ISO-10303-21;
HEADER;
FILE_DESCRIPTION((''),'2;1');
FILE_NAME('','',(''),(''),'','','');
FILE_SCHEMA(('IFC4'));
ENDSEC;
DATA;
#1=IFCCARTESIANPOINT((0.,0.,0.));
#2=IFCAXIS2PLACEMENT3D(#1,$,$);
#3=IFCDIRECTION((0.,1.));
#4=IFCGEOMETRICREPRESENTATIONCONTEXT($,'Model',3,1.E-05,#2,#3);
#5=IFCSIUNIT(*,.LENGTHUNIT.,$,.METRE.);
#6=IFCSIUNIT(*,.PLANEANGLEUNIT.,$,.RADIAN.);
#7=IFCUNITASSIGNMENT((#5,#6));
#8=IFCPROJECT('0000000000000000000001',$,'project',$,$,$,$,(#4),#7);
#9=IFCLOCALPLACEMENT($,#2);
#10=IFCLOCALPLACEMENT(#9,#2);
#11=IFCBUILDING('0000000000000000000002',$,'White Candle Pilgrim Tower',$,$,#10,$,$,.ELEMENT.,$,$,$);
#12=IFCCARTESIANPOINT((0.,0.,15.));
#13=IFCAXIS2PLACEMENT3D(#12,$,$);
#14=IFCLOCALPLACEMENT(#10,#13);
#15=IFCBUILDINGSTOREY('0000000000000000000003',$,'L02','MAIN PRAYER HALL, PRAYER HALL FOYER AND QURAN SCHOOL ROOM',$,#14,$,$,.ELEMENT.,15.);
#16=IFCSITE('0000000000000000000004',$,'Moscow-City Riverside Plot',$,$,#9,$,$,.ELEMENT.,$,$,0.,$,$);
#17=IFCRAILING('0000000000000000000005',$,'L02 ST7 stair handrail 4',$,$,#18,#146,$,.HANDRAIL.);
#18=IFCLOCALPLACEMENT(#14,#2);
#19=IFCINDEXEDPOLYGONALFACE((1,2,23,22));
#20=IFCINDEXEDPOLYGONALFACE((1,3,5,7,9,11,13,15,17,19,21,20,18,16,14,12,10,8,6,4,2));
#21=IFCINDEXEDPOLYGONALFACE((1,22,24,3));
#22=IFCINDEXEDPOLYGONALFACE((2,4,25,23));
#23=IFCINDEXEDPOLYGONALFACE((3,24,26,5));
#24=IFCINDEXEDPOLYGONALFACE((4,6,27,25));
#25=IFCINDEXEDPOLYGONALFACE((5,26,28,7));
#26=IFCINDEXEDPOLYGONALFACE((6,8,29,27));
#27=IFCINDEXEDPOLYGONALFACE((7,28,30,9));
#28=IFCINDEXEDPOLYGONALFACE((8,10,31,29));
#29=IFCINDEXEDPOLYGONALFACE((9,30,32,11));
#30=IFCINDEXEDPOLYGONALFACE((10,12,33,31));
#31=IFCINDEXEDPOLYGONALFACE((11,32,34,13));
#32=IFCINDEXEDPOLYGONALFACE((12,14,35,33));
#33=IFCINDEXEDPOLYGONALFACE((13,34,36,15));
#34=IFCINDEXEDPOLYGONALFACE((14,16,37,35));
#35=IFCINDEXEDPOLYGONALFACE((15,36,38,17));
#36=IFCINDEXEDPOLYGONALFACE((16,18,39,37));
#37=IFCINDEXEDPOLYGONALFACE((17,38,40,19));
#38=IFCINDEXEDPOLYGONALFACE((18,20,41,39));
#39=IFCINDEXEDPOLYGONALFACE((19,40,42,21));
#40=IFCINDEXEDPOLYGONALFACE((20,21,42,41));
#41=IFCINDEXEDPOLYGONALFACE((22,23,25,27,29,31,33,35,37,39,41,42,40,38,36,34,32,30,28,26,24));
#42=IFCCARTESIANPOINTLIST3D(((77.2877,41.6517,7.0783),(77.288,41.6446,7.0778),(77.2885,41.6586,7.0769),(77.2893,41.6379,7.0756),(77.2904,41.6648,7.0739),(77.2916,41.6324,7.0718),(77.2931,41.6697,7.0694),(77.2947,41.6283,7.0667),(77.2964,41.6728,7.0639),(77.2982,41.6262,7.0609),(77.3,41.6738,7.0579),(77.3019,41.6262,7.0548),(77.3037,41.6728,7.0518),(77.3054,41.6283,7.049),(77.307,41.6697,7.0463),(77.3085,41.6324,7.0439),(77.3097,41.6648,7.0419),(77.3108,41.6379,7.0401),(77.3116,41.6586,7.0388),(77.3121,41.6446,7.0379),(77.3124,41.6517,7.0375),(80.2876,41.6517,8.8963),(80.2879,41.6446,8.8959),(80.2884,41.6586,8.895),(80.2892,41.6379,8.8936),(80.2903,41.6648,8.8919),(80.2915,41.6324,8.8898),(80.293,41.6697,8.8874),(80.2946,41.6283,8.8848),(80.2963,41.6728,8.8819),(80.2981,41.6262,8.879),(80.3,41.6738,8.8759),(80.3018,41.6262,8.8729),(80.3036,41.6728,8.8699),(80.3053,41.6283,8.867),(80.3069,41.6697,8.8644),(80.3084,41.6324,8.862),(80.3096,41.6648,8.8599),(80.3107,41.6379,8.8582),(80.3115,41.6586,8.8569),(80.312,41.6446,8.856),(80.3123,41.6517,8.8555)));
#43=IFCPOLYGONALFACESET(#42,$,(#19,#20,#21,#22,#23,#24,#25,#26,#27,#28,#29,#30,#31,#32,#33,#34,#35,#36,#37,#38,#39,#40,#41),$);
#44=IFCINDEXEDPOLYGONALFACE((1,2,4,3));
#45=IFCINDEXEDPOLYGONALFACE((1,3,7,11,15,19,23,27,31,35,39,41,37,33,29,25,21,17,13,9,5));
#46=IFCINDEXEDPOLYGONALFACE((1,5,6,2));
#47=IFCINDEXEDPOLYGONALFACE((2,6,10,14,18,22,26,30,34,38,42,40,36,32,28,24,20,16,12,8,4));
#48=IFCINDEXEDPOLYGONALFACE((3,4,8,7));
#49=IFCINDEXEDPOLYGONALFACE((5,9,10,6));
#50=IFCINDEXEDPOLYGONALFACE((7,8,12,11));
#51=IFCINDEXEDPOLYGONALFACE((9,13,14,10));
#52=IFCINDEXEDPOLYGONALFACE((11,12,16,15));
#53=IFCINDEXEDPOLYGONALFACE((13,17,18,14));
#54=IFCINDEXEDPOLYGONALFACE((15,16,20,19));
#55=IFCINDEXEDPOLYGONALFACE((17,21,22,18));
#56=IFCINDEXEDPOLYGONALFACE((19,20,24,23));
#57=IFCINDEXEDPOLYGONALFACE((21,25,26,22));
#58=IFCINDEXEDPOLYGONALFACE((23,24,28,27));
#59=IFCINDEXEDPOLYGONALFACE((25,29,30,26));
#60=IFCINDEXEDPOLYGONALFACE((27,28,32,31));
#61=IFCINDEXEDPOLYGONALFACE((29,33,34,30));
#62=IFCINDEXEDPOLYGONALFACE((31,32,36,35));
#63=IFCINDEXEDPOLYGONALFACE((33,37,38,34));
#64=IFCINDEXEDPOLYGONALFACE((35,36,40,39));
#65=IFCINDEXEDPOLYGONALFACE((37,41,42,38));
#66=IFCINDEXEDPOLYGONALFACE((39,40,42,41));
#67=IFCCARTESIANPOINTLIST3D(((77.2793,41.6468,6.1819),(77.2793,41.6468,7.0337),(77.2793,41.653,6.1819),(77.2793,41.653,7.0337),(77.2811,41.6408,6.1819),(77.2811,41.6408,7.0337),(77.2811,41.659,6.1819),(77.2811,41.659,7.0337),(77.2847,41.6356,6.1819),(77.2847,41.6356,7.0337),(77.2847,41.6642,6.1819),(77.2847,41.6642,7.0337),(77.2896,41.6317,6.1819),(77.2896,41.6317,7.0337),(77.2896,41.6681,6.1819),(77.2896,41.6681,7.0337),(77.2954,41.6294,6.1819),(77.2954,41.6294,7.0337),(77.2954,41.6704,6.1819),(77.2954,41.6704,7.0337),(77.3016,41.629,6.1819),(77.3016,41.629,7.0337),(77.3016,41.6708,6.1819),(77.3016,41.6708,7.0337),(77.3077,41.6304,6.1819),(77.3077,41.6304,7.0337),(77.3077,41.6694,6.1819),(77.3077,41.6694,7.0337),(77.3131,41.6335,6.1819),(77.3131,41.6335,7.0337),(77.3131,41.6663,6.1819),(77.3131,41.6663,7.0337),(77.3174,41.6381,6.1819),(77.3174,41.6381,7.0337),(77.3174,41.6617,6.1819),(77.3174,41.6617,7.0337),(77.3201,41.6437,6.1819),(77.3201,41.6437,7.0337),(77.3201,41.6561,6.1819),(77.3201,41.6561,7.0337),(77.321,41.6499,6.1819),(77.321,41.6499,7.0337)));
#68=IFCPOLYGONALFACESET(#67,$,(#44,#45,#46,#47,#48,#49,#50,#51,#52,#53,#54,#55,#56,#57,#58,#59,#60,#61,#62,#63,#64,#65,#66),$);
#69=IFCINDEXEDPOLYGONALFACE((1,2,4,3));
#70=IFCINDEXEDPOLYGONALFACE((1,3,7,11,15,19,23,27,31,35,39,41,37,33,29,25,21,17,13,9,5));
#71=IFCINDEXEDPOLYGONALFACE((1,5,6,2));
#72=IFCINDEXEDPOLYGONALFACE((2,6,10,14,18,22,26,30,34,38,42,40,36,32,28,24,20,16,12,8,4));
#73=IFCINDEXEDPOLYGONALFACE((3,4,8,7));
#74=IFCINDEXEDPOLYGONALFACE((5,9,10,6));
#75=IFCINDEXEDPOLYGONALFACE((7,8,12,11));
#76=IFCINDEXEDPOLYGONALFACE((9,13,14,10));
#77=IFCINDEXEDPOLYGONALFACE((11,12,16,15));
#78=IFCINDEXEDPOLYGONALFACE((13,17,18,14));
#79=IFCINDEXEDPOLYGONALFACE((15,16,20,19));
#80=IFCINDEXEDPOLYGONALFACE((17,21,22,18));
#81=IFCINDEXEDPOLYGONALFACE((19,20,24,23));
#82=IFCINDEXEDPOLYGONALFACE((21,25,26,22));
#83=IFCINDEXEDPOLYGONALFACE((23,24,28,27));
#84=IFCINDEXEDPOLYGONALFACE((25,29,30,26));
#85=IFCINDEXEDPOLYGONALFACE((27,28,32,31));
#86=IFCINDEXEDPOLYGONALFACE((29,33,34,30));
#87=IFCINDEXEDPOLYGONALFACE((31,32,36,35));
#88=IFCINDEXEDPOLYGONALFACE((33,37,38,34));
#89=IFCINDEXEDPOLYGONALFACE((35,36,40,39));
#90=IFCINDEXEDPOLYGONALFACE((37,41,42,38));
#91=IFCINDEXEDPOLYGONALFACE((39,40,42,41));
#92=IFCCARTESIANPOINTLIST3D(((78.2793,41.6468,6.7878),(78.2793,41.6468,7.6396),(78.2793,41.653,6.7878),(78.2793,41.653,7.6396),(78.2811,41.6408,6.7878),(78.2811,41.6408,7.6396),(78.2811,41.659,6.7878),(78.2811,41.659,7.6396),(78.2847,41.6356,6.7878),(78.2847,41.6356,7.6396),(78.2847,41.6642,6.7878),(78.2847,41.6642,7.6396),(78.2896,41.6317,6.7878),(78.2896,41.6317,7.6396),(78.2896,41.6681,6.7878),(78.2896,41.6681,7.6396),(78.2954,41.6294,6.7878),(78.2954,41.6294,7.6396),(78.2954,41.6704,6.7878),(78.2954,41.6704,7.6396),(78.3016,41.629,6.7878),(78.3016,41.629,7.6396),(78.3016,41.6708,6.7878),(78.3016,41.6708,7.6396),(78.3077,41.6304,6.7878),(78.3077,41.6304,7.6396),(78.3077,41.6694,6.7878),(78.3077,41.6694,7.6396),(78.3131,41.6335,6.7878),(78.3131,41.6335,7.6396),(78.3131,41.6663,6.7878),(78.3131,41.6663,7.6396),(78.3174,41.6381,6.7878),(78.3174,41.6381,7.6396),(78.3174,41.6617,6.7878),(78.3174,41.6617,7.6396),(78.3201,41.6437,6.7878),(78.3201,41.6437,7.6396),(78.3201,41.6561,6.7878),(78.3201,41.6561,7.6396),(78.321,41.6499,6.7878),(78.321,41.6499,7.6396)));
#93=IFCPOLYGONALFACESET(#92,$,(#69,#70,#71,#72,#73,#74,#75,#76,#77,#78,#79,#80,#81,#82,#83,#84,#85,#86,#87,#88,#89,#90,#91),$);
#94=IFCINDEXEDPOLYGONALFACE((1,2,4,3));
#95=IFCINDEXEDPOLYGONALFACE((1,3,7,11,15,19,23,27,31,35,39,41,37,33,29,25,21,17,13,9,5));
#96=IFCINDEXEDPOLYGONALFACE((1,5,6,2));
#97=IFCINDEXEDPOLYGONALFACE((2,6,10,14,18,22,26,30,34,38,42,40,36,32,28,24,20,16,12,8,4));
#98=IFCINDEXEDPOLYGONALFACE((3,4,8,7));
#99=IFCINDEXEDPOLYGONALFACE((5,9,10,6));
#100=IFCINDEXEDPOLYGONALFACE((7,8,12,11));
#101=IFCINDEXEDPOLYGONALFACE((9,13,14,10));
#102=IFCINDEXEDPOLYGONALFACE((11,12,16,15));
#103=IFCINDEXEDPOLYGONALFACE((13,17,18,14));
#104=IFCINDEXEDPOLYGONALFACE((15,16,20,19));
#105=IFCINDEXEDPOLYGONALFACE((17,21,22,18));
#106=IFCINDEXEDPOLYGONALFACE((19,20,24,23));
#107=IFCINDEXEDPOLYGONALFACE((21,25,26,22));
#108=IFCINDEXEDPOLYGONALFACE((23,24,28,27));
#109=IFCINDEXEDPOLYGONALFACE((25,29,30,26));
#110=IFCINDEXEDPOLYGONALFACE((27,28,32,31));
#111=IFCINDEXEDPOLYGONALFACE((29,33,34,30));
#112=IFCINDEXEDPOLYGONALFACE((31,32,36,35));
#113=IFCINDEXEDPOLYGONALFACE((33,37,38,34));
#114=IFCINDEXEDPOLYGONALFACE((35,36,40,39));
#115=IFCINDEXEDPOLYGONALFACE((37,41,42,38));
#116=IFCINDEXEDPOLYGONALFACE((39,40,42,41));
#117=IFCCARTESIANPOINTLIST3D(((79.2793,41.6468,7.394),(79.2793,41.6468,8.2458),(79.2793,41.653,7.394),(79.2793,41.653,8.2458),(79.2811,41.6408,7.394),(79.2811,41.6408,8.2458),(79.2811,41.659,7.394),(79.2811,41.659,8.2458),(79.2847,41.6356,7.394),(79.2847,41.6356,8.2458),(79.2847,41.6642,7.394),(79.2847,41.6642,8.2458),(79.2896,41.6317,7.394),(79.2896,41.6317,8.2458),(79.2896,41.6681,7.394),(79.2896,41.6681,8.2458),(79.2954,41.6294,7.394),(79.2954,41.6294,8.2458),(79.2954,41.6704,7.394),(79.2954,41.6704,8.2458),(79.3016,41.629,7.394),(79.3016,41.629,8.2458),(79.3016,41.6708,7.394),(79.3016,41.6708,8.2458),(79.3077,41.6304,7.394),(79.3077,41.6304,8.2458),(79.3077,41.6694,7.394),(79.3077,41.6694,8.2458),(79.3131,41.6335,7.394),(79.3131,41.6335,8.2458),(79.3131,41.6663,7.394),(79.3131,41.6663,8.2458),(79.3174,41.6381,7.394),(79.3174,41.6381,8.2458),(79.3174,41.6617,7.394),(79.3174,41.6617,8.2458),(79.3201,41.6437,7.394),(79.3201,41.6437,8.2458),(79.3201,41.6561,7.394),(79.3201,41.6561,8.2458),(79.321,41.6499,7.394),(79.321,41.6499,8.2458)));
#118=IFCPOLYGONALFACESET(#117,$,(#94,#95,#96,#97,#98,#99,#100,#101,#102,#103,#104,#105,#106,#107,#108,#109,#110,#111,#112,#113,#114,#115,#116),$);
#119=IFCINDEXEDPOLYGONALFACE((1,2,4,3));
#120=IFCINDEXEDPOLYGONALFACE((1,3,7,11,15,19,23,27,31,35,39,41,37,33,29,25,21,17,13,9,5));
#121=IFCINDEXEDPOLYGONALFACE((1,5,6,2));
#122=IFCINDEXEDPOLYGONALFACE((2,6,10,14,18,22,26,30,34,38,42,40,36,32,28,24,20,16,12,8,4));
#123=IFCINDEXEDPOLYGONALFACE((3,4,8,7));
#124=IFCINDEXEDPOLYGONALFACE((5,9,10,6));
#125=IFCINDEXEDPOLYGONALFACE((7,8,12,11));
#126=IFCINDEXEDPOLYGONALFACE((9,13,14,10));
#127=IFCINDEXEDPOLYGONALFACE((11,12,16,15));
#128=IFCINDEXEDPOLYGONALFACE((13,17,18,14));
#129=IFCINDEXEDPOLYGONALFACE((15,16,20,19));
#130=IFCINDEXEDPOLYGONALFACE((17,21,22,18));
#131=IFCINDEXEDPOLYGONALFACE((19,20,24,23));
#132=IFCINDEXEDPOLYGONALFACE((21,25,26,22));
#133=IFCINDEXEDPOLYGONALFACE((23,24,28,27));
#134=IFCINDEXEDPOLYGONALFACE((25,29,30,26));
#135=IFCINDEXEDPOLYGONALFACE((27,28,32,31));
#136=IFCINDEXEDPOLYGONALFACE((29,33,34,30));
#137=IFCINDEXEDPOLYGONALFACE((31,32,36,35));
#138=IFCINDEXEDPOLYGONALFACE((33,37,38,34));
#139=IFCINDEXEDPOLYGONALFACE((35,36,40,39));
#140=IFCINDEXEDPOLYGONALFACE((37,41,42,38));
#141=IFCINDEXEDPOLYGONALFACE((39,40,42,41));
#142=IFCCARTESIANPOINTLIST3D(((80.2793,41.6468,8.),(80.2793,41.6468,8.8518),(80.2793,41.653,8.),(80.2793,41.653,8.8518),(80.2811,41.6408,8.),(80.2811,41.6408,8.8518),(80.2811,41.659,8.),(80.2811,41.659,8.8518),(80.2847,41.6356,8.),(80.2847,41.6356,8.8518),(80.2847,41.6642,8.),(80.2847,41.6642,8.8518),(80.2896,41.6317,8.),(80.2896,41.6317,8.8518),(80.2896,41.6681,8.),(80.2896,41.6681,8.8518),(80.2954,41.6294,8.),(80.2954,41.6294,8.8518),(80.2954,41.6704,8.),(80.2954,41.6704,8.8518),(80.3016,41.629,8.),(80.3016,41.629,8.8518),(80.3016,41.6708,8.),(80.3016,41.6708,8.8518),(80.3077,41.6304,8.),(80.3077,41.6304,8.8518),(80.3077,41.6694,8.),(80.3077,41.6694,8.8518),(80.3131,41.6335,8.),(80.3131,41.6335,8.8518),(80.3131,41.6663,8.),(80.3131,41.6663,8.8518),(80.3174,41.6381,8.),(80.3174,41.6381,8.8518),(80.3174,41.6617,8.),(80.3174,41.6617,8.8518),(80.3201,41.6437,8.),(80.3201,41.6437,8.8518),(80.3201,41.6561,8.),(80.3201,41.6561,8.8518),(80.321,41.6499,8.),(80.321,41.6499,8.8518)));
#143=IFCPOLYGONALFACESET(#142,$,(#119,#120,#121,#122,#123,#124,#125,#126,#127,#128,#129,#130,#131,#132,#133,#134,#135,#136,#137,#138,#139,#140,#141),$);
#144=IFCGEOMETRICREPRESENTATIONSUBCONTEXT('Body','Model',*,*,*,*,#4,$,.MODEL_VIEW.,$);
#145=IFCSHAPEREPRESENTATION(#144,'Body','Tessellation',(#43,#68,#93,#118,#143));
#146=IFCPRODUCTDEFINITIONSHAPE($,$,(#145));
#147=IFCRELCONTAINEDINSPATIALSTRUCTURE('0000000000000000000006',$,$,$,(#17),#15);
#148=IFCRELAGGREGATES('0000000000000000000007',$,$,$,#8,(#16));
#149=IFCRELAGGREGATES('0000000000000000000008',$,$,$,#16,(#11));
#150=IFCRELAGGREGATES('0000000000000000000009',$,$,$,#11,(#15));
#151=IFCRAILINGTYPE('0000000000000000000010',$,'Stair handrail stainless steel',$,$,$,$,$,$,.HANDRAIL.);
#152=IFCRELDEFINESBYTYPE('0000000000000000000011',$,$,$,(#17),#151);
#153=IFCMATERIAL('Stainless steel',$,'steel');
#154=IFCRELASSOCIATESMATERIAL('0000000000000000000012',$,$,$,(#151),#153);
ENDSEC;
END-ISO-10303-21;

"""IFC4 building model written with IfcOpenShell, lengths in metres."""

from ifc_helpers import new_model, si_unit, direction, frame, origin, origin_2d, place, context, subcontext, project, spatial, circle, extrude, material, type_object, element, save


model = new_model("IFC4")

# Units and contexts
model_context = context("Model", 3, precision=1e-05, world=origin(), true_north=direction((0.0, 1.0)))
body_context = subcontext(model_context, "Body", "Model", "MODEL_VIEW")
ifc_project = project(units=[si_unit("LENGTHUNIT", "METRE"), si_unit("PLANEANGLEUNIT", "RADIAN")], contexts=[model_context])

# Site, building, storey
site_placement = place(None, origin())
site = spatial("IfcSite", under=ifc_project, at=site_placement, Name="Moscow-City Riverside Plot", CompositionType="ELEMENT", RefElevation=0.0)
building_placement = place(site_placement, origin())
building = spatial("IfcBuilding", under=site, at=building_placement, Name="White Candle Pilgrim Tower", CompositionType="ELEMENT")
storey_placement = place(building_placement, frame((0.0, 0.0, 15.0)))
storey = spatial("IfcBuildingStorey", under=building, at=storey_placement, Name="L02", Description="MAIN PRAYER HALL, PRAYER HALL FOYER AND QURAN SCHOOL ROOM", CompositionType="ELEMENT", Elevation=15.0)

# Railing
ifc_material_1 = material(Name="Stainless steel", Category="steel")
railing_type_1 = type_object("IfcRailingType", Name="Stair handrail stainless steel", PredefinedType="HANDRAIL", material=ifc_material_1)
railing_1_placement = place(storey_placement, frame((77.3, 41.6499, 6.1819)))
element("IfcRailing", 1, at=railing_1_placement, inside=storey, type_object=railing_type_1, Name="L02 ST7 stair handrail 4", PredefinedType="HANDRAIL", context=body_context, shape_type="SweptSolid", body=[
    extrude(circle(Radius=0.0239, at=origin_2d()), frame((0.0, 0.0, 0.876), z_axis=(0.855206, 0.0, 0.518288), x_axis=(0.0, 1.0, 0.0)), (0.0, 0.0, 1.0), 3.5078),
    extrude(circle(Radius=0.021, at=origin_2d()), origin(), (0.0, 0.0, 1.0), 0.8518),
    extrude(circle(Radius=0.021, at=origin_2d()), frame((1.0, 0.0, 0.606)), (0.0, 0.0, 1.0), 0.8518),
    extrude(circle(Radius=0.021, at=origin_2d()), frame((2.0, 0.0, 1.2122)), (0.0, 0.0, 1.0), 0.8518),
    extrude(circle(Radius=0.021, at=origin_2d()), frame((3.0, 0.0, 1.8181)), (0.0, 0.0, 1.0), 0.8518),
])

save(model, "model.ifc")
